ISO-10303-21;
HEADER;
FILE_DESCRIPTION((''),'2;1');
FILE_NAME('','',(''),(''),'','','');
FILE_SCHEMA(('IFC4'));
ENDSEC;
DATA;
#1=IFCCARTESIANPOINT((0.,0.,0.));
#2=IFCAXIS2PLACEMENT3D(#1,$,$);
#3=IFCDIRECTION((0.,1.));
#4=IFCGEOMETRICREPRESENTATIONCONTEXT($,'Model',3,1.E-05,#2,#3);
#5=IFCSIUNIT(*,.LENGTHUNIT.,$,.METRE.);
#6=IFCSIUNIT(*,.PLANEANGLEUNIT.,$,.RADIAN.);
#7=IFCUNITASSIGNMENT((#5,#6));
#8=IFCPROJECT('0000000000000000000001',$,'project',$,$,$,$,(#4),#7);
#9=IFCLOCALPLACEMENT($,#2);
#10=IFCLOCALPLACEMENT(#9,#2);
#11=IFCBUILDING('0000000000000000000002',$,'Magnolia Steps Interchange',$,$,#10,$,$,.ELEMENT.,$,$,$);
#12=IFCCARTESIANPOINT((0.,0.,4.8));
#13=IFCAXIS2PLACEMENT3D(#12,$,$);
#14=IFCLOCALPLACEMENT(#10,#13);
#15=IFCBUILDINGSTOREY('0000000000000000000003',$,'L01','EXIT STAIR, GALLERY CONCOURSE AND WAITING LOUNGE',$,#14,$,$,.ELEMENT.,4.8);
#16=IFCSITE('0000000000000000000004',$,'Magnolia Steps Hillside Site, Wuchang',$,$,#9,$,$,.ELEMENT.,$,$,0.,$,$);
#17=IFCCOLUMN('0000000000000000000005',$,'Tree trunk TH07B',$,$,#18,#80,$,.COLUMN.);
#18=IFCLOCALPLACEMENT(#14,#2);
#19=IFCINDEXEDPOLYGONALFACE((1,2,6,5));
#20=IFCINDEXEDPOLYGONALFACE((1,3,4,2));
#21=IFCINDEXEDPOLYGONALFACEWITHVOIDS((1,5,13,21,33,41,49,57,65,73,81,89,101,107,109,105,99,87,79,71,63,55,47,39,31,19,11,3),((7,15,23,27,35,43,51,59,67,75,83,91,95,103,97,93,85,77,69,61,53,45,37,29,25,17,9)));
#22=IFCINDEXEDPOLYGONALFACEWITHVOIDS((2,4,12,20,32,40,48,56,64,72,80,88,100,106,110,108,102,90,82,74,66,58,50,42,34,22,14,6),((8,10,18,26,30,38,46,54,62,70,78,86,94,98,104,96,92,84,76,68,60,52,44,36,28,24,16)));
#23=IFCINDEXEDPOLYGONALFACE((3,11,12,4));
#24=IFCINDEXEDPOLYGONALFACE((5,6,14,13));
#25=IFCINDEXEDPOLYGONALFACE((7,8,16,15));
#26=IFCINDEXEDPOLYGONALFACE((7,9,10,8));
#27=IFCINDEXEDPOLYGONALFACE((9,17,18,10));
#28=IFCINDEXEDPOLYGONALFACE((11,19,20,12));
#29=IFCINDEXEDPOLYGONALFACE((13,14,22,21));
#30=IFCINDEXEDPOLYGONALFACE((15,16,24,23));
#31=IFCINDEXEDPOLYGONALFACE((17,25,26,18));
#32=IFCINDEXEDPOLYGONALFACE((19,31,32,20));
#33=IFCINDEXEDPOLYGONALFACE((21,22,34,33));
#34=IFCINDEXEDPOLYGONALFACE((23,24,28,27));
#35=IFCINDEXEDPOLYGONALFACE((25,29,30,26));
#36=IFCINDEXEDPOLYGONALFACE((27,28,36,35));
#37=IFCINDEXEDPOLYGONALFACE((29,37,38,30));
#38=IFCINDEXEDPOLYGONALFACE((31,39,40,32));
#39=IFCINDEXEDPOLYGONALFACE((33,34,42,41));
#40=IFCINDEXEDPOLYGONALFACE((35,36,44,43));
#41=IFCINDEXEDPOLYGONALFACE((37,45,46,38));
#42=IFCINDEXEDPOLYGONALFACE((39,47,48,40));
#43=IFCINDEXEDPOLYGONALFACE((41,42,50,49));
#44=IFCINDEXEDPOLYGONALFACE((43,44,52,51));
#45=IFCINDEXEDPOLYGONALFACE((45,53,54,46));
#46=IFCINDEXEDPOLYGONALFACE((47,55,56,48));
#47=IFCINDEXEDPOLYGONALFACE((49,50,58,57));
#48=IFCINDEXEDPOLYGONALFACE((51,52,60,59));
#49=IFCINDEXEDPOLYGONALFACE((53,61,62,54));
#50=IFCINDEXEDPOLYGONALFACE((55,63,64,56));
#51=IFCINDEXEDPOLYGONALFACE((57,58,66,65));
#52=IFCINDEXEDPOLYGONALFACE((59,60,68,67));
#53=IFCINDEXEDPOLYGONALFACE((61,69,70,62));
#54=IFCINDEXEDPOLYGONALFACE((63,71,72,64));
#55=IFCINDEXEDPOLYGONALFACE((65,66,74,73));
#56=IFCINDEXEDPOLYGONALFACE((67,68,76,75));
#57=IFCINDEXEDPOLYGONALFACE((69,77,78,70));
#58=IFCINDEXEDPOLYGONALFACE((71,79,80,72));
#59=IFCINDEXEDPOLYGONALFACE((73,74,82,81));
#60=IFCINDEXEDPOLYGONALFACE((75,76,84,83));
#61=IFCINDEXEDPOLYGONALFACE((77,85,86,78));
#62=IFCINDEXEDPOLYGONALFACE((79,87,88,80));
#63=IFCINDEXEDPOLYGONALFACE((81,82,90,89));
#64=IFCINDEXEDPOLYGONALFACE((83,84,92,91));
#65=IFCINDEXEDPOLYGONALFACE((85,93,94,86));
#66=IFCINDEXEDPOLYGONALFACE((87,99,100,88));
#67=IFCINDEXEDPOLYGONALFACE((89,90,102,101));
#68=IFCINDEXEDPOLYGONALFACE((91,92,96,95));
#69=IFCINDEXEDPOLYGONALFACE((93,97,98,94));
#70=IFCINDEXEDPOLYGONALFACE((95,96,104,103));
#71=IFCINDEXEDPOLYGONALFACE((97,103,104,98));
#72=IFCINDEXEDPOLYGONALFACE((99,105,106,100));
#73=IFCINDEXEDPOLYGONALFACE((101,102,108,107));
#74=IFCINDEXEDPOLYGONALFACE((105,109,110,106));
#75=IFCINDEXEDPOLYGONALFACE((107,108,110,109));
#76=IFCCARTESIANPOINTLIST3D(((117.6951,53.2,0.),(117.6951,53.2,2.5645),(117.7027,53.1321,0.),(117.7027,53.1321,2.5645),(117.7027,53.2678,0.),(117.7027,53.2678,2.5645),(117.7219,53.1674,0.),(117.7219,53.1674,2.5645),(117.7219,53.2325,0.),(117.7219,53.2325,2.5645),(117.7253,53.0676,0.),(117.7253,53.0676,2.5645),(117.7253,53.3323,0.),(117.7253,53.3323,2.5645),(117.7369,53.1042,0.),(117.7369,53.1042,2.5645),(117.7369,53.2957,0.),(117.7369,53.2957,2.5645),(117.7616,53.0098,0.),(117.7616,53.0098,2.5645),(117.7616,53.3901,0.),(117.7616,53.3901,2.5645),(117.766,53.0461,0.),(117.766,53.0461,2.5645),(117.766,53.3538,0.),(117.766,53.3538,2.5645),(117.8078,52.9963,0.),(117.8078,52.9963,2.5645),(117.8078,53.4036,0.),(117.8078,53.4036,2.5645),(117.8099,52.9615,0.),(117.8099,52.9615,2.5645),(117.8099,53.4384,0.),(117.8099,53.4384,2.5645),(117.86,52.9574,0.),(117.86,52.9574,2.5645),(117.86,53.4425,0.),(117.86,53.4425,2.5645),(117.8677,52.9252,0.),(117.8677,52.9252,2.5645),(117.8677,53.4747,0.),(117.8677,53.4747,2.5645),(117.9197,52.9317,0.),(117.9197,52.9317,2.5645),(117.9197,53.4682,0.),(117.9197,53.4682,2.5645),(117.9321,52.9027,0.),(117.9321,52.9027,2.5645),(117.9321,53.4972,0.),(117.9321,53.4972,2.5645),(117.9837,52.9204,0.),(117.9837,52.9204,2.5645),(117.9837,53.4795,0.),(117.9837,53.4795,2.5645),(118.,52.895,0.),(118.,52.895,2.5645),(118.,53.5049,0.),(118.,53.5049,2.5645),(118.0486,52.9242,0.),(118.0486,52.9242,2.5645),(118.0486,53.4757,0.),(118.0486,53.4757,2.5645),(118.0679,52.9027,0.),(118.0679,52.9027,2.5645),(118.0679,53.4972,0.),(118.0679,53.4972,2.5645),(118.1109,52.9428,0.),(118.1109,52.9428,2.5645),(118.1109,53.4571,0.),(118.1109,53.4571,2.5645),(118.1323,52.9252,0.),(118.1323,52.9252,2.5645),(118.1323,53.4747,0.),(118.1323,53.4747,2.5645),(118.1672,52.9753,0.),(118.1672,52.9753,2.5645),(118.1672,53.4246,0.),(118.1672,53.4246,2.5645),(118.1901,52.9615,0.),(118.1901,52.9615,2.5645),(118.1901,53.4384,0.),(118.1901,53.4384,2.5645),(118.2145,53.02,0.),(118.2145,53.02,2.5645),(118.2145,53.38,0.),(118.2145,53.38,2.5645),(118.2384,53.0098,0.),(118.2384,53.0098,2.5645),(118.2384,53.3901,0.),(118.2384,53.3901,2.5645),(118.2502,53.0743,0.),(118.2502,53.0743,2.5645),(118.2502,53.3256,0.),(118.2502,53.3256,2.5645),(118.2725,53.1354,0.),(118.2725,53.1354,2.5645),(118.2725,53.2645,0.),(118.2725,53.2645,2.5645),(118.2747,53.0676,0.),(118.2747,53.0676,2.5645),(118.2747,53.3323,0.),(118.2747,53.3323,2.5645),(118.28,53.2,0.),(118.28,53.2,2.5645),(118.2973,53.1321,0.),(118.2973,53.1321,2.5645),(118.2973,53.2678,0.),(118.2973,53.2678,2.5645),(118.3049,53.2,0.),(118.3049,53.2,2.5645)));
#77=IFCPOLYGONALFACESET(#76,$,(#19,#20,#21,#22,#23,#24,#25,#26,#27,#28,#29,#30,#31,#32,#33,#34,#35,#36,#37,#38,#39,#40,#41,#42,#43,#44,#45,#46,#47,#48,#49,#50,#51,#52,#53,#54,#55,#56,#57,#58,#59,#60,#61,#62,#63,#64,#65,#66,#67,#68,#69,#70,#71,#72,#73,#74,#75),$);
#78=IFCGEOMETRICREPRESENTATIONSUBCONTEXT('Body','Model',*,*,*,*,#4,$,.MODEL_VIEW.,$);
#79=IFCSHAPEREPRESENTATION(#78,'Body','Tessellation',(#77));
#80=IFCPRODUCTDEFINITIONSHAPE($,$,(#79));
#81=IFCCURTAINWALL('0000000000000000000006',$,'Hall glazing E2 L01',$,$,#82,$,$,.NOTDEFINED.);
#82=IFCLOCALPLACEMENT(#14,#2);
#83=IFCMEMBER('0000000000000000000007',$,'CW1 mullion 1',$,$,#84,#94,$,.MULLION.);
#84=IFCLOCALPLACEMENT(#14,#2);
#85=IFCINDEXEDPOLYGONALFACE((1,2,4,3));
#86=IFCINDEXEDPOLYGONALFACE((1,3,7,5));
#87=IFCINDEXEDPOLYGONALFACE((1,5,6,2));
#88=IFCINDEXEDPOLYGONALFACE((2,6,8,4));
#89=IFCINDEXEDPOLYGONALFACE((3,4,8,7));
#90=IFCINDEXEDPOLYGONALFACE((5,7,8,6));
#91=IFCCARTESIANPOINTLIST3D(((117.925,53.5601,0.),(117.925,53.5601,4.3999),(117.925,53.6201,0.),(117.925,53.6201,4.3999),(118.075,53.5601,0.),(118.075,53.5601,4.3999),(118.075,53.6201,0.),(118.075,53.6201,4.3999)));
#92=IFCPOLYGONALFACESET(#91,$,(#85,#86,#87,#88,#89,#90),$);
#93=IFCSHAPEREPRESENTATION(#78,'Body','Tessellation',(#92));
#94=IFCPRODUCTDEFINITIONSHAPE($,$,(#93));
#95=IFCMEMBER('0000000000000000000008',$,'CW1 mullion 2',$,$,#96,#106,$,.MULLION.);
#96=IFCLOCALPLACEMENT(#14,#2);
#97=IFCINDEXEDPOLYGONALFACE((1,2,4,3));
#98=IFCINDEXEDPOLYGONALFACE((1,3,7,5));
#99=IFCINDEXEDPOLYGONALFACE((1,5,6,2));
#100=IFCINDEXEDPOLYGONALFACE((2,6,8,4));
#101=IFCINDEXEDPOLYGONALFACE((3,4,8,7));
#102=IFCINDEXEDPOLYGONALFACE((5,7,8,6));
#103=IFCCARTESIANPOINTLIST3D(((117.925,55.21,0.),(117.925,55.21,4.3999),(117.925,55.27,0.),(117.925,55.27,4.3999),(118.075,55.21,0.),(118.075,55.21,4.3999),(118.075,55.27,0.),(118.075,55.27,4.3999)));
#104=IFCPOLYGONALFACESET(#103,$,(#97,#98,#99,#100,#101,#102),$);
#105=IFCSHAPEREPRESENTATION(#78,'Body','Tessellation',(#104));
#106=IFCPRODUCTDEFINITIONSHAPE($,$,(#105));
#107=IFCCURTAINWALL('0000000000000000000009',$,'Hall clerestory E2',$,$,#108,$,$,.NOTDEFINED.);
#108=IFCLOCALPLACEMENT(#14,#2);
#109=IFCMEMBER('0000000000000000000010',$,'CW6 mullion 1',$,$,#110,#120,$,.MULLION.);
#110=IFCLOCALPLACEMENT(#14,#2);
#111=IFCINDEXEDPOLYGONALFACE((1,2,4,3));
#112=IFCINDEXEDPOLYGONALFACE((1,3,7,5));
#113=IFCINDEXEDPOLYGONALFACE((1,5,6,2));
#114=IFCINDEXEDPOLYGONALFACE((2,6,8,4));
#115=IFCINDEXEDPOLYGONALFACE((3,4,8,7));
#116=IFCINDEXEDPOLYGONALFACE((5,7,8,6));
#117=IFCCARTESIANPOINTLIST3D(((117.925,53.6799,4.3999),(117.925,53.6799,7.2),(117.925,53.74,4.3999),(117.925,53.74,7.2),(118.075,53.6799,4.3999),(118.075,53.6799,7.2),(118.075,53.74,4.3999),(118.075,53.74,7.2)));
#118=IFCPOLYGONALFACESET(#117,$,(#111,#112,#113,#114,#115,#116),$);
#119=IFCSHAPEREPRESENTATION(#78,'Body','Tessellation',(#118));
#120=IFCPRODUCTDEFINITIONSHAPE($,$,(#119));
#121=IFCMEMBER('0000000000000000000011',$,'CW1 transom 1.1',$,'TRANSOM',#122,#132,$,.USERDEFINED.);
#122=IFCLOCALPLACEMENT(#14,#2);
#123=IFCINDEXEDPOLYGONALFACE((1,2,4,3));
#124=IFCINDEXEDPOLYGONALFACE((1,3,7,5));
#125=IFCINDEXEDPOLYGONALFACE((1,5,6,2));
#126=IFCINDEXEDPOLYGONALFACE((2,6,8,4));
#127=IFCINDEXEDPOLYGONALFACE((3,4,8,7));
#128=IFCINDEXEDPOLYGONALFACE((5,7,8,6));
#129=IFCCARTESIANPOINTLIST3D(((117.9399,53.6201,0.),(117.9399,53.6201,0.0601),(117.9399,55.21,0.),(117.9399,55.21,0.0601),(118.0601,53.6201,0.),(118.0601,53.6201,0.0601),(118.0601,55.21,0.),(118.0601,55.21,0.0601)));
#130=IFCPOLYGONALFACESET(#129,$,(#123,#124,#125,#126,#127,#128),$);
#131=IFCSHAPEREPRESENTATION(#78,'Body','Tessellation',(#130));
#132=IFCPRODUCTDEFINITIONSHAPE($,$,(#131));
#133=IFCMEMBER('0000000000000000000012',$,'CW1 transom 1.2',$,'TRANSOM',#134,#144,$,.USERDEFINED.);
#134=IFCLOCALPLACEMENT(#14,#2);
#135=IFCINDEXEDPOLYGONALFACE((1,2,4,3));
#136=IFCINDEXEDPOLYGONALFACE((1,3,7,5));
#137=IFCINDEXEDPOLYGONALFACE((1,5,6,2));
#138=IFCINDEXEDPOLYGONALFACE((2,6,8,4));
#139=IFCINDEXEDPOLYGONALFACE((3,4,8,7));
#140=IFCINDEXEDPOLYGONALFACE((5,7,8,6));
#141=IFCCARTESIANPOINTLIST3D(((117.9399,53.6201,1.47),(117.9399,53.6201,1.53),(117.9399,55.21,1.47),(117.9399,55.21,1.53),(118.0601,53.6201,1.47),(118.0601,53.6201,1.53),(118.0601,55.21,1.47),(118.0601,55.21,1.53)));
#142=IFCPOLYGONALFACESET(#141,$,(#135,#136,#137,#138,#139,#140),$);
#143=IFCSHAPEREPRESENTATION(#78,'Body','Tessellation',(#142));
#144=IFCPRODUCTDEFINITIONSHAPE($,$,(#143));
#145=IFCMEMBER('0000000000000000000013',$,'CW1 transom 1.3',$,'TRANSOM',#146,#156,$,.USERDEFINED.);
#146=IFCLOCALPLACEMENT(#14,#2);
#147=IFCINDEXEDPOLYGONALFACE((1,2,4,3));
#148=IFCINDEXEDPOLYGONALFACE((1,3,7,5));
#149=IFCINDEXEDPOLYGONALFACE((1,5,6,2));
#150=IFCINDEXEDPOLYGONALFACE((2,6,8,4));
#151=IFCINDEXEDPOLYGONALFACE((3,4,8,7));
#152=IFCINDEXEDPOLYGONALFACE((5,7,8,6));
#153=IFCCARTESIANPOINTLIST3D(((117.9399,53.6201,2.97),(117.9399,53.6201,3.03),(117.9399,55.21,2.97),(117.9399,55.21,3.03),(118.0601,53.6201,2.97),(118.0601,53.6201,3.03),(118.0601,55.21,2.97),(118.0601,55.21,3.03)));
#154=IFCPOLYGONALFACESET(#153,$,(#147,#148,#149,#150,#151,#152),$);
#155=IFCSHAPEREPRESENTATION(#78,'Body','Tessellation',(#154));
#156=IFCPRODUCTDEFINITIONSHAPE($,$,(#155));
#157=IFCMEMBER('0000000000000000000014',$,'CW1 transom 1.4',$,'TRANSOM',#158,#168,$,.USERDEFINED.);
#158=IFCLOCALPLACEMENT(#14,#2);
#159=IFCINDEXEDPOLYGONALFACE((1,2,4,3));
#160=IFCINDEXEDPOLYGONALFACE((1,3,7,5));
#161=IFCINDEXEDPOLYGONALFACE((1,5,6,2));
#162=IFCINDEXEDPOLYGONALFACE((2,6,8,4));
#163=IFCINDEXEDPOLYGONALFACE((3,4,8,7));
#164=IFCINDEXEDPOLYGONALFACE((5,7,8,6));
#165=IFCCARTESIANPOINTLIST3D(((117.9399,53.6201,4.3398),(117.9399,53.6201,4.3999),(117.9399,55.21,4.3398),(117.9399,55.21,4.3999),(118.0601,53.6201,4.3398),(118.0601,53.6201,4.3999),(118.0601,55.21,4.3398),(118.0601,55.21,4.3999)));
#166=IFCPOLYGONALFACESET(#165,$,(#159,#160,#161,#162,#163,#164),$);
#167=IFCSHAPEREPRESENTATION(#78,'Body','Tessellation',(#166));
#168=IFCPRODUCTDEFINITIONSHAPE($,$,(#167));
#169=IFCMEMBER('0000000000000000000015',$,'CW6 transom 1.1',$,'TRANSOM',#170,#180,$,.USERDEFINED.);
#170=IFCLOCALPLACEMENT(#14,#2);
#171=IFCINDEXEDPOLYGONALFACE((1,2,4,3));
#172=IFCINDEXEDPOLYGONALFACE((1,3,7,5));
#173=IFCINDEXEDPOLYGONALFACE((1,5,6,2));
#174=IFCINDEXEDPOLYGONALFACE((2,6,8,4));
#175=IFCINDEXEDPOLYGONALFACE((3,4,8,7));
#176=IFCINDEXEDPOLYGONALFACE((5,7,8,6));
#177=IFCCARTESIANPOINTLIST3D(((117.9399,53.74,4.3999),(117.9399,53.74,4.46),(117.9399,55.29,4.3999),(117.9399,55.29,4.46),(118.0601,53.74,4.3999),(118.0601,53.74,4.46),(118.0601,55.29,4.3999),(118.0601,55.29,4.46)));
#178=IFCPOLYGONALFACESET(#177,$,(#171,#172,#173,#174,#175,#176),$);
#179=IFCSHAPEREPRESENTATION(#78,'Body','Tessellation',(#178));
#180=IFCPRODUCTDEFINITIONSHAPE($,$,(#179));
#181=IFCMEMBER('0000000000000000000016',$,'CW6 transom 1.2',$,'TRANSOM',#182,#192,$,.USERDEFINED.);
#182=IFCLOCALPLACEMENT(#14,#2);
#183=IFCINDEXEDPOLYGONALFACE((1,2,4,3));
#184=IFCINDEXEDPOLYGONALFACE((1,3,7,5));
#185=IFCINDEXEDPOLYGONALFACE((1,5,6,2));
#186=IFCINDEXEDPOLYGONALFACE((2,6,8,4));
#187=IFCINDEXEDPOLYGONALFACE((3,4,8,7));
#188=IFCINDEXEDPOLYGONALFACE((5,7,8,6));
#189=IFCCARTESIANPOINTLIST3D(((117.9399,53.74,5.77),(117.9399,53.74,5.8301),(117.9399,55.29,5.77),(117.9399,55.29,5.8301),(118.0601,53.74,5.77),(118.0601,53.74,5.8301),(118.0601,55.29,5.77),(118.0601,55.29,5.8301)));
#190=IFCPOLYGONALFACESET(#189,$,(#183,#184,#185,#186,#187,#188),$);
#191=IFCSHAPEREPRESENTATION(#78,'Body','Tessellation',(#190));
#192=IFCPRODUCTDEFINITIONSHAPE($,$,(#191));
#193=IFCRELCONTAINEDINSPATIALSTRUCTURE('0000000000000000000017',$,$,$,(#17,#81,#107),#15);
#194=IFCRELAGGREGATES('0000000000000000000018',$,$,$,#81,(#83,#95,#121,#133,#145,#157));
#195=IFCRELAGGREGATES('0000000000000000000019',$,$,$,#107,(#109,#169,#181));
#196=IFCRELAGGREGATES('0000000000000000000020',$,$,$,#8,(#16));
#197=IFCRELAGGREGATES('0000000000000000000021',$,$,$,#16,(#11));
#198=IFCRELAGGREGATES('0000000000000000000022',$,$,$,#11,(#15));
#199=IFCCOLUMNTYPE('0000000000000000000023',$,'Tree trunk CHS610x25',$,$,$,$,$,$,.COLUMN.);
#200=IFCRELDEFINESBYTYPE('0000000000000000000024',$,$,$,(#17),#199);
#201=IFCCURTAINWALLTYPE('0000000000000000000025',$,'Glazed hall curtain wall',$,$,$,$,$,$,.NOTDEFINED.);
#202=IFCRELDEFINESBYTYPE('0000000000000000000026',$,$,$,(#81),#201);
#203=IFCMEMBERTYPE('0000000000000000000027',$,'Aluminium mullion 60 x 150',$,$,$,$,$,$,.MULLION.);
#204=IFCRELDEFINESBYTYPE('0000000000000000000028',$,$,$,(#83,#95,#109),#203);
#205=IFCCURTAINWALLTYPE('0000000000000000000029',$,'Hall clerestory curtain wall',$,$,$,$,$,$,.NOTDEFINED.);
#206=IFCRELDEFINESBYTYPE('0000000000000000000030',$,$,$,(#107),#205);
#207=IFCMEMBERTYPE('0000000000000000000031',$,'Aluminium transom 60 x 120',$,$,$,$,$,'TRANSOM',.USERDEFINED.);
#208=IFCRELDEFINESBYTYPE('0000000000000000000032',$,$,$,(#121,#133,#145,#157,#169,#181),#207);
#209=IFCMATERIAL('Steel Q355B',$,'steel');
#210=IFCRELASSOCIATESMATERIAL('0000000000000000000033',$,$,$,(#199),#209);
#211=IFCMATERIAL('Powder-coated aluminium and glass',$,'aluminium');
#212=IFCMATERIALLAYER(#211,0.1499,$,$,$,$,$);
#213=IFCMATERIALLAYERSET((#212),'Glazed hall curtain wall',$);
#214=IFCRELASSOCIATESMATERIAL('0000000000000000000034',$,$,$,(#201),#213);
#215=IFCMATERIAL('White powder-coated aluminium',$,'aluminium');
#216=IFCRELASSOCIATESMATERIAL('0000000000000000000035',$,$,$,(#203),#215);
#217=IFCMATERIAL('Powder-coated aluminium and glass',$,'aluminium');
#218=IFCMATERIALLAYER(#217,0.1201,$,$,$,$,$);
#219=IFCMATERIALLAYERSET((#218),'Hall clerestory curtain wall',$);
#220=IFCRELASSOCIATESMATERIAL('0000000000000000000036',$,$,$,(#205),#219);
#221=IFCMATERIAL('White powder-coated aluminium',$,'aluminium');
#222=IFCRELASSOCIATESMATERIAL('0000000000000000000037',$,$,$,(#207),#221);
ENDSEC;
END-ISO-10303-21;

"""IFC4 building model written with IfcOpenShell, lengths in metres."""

from ifc_helpers import new_model, si_unit, direction, frame, origin, origin_2d, place, context, subcontext, project, spatial, rectangle, hollow_circle, extrude, material, layer, layer_set, material_profile, profile_set, type_object, element, aggregate, save


model = new_model("IFC4")

# Units and contexts
model_context = context("Model", 3, precision=1e-05, world=origin(), true_north=direction((0.0, 1.0)))
body_context = subcontext(model_context, "Body", "Model", "MODEL_VIEW")
ifc_project = project(units=[si_unit("LENGTHUNIT", "METRE"), si_unit("PLANEANGLEUNIT", "RADIAN")], contexts=[model_context])

# Site, building, storey
site_placement = place(None, origin())
site = spatial("IfcSite", under=ifc_project, at=site_placement, Name="Magnolia Steps Hillside Site, Wuchang", CompositionType="ELEMENT", RefElevation=0.0)
building_placement = place(site_placement, origin())
building = spatial("IfcBuilding", under=site, at=building_placement, Name="Magnolia Steps Interchange", CompositionType="ELEMENT")
storey_placement = place(building_placement, frame((0.0, 0.0, 4.8)))
storey = spatial("IfcBuildingStorey", under=building, at=storey_placement, Name="L01", Description="EXIT STAIR, GALLERY CONCOURSE AND WAITING LOUNGE", CompositionType="ELEMENT", Elevation=4.8)

# Column
ifc_material_1 = material(Name="Steel Q355B", Category="steel")
ifc_material_profile_1 = material_profile(ifc_material_1, hollow_circle(Radius=0.3049, WallThickness=0.0249, at=origin_2d()), Name="CHS610x25")
ifc_profile_set_1 = profile_set([ifc_material_profile_1], Name="Steel Q355B")
column_type = type_object("IfcColumnType", Name="Tree trunk CHS610x25", PredefinedType="COLUMN", material=ifc_profile_set_1)
column_placement = place(storey_placement, frame((118.0, 53.2, 0.0), z_axis=(0.0, 0.0, 1.0), x_axis=(1.0, 0.0, 0.0)))
element("IfcColumn", 1, at=column_placement, inside=storey, type_object=column_type, Name="Tree trunk TH07B", PredefinedType="COLUMN", context=body_context, shape_type="SweptSolid", body=[
    extrude(hollow_circle(Radius=0.3049, WallThickness=0.0249, at=origin_2d()), origin(), (0.0, 0.0, 1.0), 2.5645),
])

# Curtain wall, members
ifc_material_2 = material(Name="Powder-coated aluminium and glass", Category="aluminium")
ifc_layer_1 = layer(ifc_material_2, 0.1499)
ifc_layer_set_1 = layer_set([ifc_layer_1], Name="Glazed hall curtain wall")
curtain_wall_type_1 = type_object("IfcCurtainWallType", Name="Glazed hall curtain wall", PredefinedType="NOTDEFINED", material=ifc_layer_set_1)
curtain_wall_1_placement = place(storey_placement, origin())
curtain_wall_1 = element("IfcCurtainWall", 2, at=curtain_wall_1_placement, inside=storey, type_object=curtain_wall_type_1, Name="Hall glazing E2 L01", PredefinedType="NOTDEFINED")
ifc_material_3 = material(Name="White powder-coated aluminium", Category="aluminium")
ifc_material_profile_2 = material_profile(ifc_material_3, rectangle(XDim=0.0601, YDim=0.1499, at=origin_2d()), Name="Aluminium mullion 60 x 150")
ifc_profile_set_2 = profile_set([ifc_material_profile_2], Name="White powder-coated aluminium")
member_type_1 = type_object("IfcMemberType", Name="Aluminium mullion 60 x 150", PredefinedType="MULLION", material=ifc_profile_set_2)
member_1_placement = place(storey_placement, frame((118.0, 53.5901, 0.0), z_axis=(0.0, 0.0, 1.0), x_axis=(0.0, 1.0, 0.0)))
member_1 = element("IfcMember", 3, at=member_1_placement, type_object=member_type_1, Name="CW1 mullion 1", PredefinedType="MULLION", context=body_context, shape_type="SweptSolid", body=[
    extrude(rectangle(XDim=0.0601, YDim=0.1499, at=origin_2d()), origin(), (0.0, 0.0, 1.0), 4.3999),
])
member_2_placement = place(storey_placement, frame((118.0, 55.24, 0.0), z_axis=(0.0, 0.0, 1.0), x_axis=(0.0, 1.0, 0.0)))
member_2 = element("IfcMember", 4, at=member_2_placement, type_object=member_type_1, Name="CW1 mullion 2", PredefinedType="MULLION", context=body_context, shape_type="SweptSolid", body=[
    extrude(rectangle(XDim=0.0601, YDim=0.1499, at=origin_2d()), origin(), (0.0, 0.0, 1.0), 4.3999),
])

# Curtain wall, member
ifc_material_4 = material(Name="Powder-coated aluminium and glass", Category="aluminium")
ifc_layer_2 = layer(ifc_material_4, 0.1201)
ifc_layer_set_2 = layer_set([ifc_layer_2], Name="Hall clerestory curtain wall")
curtain_wall_type_2 = type_object("IfcCurtainWallType", Name="Hall clerestory curtain wall", PredefinedType="NOTDEFINED", material=ifc_layer_set_2)
curtain_wall_2_placement = place(storey_placement, origin())
curtain_wall_2 = element("IfcCurtainWall", 5, at=curtain_wall_2_placement, inside=storey, type_object=curtain_wall_type_2, Name="Hall clerestory E2", PredefinedType="NOTDEFINED")
member_3_placement = place(storey_placement, frame((118.0, 53.71, 4.3999), z_axis=(0.0, 0.0, 1.0), x_axis=(0.0, 1.0, 0.0)))
member_3 = element("IfcMember", 6, at=member_3_placement, type_object=member_type_1, Name="CW6 mullion 1", PredefinedType="MULLION", context=body_context, shape_type="SweptSolid", body=[
    extrude(rectangle(XDim=0.0601, YDim=0.1499, at=origin_2d()), origin(), (0.0, 0.0, 1.0), 2.8),
])

# Members
ifc_material_5 = material(Name="White powder-coated aluminium", Category="aluminium")
ifc_material_profile_3 = material_profile(ifc_material_5, rectangle(XDim=0.0601, YDim=0.1201, at=origin_2d()), Name="Aluminium transom 60 x 120")
ifc_profile_set_3 = profile_set([ifc_material_profile_3], Name="White powder-coated aluminium")
member_type_2 = type_object("IfcMemberType", Name="Aluminium transom 60 x 120", ElementType="TRANSOM", PredefinedType="USERDEFINED", material=ifc_profile_set_3)
member_4_placement = place(storey_placement, frame((118.0, 53.6201, 0.03), z_axis=(0.0, 1.0, 0.0), x_axis=(0.0, 0.0, 1.0)))
member_4 = element("IfcMember", 7, at=member_4_placement, type_object=member_type_2, Name="CW1 transom 1.1", ObjectType="TRANSOM", PredefinedType="USERDEFINED", context=body_context, shape_type="SweptSolid", body=[
    extrude(rectangle(XDim=0.0601, YDim=0.1201, at=origin_2d()), origin(), (0.0, 0.0, 1.0), 1.5898),
])
member_5_placement = place(storey_placement, frame((118.0, 53.6201, 1.5), z_axis=(0.0, 1.0, 0.0), x_axis=(0.0, 0.0, 1.0)))
member_5 = element("IfcMember", 8, at=member_5_placement, type_object=member_type_2, Name="CW1 transom 1.2", ObjectType="TRANSOM", PredefinedType="USERDEFINED", context=body_context, shape_type="SweptSolid", body=[
    extrude(rectangle(XDim=0.0601, YDim=0.1201, at=origin_2d()), origin(), (0.0, 0.0, 1.0), 1.5898),
])
member_6_placement = place(storey_placement, frame((118.0, 53.6201, 3.0), z_axis=(0.0, 1.0, 0.0), x_axis=(0.0, 0.0, 1.0)))
member_6 = element("IfcMember", 9, at=member_6_placement, type_object=member_type_2, Name="CW1 transom 1.3", ObjectType="TRANSOM", PredefinedType="USERDEFINED", context=body_context, shape_type="SweptSolid", body=[
    extrude(rectangle(XDim=0.0601, YDim=0.1201, at=origin_2d()), origin(), (0.0, 0.0, 1.0), 1.5898),
])
member_7_placement = place(storey_placement, frame((118.0, 53.6201, 4.3699), z_axis=(0.0, 1.0, 0.0), x_axis=(0.0, 0.0, 1.0)))
member_7 = element("IfcMember", 10, at=member_7_placement, type_object=member_type_2, Name="CW1 transom 1.4", ObjectType="TRANSOM", PredefinedType="USERDEFINED", context=body_context, shape_type="SweptSolid", body=[
    extrude(rectangle(XDim=0.0601, YDim=0.1201, at=origin_2d()), origin(), (0.0, 0.0, 1.0), 1.5898),
])
member_8_placement = place(storey_placement, frame((118.0, 53.74, 4.4299), z_axis=(0.0, 1.0, 0.0), x_axis=(0.0, 0.0, 1.0)))
member_8 = element("IfcMember", 11, at=member_8_placement, type_object=member_type_2, Name="CW6 transom 1.1", ObjectType="TRANSOM", PredefinedType="USERDEFINED", context=body_context, shape_type="SweptSolid", body=[
    extrude(rectangle(XDim=0.0601, YDim=0.1201, at=origin_2d()), origin(), (0.0, 0.0, 1.0), 1.55),
])
member_9_placement = place(storey_placement, frame((118.0, 53.74, 5.8), z_axis=(0.0, 1.0, 0.0), x_axis=(0.0, 0.0, 1.0)))
member_9 = element("IfcMember", 12, at=member_9_placement, type_object=member_type_2, Name="CW6 transom 1.2", ObjectType="TRANSOM", PredefinedType="USERDEFINED", context=body_context, shape_type="SweptSolid", body=[
    extrude(rectangle(XDim=0.0601, YDim=0.1201, at=origin_2d()), origin(), (0.0, 0.0, 1.0), 1.55),
])

aggregate(curtain_wall_1, [member_1, member_2, member_4, member_5, member_6, member_7])
aggregate(curtain_wall_2, [member_3, member_8, member_9])

save(model, "model.ifc")
